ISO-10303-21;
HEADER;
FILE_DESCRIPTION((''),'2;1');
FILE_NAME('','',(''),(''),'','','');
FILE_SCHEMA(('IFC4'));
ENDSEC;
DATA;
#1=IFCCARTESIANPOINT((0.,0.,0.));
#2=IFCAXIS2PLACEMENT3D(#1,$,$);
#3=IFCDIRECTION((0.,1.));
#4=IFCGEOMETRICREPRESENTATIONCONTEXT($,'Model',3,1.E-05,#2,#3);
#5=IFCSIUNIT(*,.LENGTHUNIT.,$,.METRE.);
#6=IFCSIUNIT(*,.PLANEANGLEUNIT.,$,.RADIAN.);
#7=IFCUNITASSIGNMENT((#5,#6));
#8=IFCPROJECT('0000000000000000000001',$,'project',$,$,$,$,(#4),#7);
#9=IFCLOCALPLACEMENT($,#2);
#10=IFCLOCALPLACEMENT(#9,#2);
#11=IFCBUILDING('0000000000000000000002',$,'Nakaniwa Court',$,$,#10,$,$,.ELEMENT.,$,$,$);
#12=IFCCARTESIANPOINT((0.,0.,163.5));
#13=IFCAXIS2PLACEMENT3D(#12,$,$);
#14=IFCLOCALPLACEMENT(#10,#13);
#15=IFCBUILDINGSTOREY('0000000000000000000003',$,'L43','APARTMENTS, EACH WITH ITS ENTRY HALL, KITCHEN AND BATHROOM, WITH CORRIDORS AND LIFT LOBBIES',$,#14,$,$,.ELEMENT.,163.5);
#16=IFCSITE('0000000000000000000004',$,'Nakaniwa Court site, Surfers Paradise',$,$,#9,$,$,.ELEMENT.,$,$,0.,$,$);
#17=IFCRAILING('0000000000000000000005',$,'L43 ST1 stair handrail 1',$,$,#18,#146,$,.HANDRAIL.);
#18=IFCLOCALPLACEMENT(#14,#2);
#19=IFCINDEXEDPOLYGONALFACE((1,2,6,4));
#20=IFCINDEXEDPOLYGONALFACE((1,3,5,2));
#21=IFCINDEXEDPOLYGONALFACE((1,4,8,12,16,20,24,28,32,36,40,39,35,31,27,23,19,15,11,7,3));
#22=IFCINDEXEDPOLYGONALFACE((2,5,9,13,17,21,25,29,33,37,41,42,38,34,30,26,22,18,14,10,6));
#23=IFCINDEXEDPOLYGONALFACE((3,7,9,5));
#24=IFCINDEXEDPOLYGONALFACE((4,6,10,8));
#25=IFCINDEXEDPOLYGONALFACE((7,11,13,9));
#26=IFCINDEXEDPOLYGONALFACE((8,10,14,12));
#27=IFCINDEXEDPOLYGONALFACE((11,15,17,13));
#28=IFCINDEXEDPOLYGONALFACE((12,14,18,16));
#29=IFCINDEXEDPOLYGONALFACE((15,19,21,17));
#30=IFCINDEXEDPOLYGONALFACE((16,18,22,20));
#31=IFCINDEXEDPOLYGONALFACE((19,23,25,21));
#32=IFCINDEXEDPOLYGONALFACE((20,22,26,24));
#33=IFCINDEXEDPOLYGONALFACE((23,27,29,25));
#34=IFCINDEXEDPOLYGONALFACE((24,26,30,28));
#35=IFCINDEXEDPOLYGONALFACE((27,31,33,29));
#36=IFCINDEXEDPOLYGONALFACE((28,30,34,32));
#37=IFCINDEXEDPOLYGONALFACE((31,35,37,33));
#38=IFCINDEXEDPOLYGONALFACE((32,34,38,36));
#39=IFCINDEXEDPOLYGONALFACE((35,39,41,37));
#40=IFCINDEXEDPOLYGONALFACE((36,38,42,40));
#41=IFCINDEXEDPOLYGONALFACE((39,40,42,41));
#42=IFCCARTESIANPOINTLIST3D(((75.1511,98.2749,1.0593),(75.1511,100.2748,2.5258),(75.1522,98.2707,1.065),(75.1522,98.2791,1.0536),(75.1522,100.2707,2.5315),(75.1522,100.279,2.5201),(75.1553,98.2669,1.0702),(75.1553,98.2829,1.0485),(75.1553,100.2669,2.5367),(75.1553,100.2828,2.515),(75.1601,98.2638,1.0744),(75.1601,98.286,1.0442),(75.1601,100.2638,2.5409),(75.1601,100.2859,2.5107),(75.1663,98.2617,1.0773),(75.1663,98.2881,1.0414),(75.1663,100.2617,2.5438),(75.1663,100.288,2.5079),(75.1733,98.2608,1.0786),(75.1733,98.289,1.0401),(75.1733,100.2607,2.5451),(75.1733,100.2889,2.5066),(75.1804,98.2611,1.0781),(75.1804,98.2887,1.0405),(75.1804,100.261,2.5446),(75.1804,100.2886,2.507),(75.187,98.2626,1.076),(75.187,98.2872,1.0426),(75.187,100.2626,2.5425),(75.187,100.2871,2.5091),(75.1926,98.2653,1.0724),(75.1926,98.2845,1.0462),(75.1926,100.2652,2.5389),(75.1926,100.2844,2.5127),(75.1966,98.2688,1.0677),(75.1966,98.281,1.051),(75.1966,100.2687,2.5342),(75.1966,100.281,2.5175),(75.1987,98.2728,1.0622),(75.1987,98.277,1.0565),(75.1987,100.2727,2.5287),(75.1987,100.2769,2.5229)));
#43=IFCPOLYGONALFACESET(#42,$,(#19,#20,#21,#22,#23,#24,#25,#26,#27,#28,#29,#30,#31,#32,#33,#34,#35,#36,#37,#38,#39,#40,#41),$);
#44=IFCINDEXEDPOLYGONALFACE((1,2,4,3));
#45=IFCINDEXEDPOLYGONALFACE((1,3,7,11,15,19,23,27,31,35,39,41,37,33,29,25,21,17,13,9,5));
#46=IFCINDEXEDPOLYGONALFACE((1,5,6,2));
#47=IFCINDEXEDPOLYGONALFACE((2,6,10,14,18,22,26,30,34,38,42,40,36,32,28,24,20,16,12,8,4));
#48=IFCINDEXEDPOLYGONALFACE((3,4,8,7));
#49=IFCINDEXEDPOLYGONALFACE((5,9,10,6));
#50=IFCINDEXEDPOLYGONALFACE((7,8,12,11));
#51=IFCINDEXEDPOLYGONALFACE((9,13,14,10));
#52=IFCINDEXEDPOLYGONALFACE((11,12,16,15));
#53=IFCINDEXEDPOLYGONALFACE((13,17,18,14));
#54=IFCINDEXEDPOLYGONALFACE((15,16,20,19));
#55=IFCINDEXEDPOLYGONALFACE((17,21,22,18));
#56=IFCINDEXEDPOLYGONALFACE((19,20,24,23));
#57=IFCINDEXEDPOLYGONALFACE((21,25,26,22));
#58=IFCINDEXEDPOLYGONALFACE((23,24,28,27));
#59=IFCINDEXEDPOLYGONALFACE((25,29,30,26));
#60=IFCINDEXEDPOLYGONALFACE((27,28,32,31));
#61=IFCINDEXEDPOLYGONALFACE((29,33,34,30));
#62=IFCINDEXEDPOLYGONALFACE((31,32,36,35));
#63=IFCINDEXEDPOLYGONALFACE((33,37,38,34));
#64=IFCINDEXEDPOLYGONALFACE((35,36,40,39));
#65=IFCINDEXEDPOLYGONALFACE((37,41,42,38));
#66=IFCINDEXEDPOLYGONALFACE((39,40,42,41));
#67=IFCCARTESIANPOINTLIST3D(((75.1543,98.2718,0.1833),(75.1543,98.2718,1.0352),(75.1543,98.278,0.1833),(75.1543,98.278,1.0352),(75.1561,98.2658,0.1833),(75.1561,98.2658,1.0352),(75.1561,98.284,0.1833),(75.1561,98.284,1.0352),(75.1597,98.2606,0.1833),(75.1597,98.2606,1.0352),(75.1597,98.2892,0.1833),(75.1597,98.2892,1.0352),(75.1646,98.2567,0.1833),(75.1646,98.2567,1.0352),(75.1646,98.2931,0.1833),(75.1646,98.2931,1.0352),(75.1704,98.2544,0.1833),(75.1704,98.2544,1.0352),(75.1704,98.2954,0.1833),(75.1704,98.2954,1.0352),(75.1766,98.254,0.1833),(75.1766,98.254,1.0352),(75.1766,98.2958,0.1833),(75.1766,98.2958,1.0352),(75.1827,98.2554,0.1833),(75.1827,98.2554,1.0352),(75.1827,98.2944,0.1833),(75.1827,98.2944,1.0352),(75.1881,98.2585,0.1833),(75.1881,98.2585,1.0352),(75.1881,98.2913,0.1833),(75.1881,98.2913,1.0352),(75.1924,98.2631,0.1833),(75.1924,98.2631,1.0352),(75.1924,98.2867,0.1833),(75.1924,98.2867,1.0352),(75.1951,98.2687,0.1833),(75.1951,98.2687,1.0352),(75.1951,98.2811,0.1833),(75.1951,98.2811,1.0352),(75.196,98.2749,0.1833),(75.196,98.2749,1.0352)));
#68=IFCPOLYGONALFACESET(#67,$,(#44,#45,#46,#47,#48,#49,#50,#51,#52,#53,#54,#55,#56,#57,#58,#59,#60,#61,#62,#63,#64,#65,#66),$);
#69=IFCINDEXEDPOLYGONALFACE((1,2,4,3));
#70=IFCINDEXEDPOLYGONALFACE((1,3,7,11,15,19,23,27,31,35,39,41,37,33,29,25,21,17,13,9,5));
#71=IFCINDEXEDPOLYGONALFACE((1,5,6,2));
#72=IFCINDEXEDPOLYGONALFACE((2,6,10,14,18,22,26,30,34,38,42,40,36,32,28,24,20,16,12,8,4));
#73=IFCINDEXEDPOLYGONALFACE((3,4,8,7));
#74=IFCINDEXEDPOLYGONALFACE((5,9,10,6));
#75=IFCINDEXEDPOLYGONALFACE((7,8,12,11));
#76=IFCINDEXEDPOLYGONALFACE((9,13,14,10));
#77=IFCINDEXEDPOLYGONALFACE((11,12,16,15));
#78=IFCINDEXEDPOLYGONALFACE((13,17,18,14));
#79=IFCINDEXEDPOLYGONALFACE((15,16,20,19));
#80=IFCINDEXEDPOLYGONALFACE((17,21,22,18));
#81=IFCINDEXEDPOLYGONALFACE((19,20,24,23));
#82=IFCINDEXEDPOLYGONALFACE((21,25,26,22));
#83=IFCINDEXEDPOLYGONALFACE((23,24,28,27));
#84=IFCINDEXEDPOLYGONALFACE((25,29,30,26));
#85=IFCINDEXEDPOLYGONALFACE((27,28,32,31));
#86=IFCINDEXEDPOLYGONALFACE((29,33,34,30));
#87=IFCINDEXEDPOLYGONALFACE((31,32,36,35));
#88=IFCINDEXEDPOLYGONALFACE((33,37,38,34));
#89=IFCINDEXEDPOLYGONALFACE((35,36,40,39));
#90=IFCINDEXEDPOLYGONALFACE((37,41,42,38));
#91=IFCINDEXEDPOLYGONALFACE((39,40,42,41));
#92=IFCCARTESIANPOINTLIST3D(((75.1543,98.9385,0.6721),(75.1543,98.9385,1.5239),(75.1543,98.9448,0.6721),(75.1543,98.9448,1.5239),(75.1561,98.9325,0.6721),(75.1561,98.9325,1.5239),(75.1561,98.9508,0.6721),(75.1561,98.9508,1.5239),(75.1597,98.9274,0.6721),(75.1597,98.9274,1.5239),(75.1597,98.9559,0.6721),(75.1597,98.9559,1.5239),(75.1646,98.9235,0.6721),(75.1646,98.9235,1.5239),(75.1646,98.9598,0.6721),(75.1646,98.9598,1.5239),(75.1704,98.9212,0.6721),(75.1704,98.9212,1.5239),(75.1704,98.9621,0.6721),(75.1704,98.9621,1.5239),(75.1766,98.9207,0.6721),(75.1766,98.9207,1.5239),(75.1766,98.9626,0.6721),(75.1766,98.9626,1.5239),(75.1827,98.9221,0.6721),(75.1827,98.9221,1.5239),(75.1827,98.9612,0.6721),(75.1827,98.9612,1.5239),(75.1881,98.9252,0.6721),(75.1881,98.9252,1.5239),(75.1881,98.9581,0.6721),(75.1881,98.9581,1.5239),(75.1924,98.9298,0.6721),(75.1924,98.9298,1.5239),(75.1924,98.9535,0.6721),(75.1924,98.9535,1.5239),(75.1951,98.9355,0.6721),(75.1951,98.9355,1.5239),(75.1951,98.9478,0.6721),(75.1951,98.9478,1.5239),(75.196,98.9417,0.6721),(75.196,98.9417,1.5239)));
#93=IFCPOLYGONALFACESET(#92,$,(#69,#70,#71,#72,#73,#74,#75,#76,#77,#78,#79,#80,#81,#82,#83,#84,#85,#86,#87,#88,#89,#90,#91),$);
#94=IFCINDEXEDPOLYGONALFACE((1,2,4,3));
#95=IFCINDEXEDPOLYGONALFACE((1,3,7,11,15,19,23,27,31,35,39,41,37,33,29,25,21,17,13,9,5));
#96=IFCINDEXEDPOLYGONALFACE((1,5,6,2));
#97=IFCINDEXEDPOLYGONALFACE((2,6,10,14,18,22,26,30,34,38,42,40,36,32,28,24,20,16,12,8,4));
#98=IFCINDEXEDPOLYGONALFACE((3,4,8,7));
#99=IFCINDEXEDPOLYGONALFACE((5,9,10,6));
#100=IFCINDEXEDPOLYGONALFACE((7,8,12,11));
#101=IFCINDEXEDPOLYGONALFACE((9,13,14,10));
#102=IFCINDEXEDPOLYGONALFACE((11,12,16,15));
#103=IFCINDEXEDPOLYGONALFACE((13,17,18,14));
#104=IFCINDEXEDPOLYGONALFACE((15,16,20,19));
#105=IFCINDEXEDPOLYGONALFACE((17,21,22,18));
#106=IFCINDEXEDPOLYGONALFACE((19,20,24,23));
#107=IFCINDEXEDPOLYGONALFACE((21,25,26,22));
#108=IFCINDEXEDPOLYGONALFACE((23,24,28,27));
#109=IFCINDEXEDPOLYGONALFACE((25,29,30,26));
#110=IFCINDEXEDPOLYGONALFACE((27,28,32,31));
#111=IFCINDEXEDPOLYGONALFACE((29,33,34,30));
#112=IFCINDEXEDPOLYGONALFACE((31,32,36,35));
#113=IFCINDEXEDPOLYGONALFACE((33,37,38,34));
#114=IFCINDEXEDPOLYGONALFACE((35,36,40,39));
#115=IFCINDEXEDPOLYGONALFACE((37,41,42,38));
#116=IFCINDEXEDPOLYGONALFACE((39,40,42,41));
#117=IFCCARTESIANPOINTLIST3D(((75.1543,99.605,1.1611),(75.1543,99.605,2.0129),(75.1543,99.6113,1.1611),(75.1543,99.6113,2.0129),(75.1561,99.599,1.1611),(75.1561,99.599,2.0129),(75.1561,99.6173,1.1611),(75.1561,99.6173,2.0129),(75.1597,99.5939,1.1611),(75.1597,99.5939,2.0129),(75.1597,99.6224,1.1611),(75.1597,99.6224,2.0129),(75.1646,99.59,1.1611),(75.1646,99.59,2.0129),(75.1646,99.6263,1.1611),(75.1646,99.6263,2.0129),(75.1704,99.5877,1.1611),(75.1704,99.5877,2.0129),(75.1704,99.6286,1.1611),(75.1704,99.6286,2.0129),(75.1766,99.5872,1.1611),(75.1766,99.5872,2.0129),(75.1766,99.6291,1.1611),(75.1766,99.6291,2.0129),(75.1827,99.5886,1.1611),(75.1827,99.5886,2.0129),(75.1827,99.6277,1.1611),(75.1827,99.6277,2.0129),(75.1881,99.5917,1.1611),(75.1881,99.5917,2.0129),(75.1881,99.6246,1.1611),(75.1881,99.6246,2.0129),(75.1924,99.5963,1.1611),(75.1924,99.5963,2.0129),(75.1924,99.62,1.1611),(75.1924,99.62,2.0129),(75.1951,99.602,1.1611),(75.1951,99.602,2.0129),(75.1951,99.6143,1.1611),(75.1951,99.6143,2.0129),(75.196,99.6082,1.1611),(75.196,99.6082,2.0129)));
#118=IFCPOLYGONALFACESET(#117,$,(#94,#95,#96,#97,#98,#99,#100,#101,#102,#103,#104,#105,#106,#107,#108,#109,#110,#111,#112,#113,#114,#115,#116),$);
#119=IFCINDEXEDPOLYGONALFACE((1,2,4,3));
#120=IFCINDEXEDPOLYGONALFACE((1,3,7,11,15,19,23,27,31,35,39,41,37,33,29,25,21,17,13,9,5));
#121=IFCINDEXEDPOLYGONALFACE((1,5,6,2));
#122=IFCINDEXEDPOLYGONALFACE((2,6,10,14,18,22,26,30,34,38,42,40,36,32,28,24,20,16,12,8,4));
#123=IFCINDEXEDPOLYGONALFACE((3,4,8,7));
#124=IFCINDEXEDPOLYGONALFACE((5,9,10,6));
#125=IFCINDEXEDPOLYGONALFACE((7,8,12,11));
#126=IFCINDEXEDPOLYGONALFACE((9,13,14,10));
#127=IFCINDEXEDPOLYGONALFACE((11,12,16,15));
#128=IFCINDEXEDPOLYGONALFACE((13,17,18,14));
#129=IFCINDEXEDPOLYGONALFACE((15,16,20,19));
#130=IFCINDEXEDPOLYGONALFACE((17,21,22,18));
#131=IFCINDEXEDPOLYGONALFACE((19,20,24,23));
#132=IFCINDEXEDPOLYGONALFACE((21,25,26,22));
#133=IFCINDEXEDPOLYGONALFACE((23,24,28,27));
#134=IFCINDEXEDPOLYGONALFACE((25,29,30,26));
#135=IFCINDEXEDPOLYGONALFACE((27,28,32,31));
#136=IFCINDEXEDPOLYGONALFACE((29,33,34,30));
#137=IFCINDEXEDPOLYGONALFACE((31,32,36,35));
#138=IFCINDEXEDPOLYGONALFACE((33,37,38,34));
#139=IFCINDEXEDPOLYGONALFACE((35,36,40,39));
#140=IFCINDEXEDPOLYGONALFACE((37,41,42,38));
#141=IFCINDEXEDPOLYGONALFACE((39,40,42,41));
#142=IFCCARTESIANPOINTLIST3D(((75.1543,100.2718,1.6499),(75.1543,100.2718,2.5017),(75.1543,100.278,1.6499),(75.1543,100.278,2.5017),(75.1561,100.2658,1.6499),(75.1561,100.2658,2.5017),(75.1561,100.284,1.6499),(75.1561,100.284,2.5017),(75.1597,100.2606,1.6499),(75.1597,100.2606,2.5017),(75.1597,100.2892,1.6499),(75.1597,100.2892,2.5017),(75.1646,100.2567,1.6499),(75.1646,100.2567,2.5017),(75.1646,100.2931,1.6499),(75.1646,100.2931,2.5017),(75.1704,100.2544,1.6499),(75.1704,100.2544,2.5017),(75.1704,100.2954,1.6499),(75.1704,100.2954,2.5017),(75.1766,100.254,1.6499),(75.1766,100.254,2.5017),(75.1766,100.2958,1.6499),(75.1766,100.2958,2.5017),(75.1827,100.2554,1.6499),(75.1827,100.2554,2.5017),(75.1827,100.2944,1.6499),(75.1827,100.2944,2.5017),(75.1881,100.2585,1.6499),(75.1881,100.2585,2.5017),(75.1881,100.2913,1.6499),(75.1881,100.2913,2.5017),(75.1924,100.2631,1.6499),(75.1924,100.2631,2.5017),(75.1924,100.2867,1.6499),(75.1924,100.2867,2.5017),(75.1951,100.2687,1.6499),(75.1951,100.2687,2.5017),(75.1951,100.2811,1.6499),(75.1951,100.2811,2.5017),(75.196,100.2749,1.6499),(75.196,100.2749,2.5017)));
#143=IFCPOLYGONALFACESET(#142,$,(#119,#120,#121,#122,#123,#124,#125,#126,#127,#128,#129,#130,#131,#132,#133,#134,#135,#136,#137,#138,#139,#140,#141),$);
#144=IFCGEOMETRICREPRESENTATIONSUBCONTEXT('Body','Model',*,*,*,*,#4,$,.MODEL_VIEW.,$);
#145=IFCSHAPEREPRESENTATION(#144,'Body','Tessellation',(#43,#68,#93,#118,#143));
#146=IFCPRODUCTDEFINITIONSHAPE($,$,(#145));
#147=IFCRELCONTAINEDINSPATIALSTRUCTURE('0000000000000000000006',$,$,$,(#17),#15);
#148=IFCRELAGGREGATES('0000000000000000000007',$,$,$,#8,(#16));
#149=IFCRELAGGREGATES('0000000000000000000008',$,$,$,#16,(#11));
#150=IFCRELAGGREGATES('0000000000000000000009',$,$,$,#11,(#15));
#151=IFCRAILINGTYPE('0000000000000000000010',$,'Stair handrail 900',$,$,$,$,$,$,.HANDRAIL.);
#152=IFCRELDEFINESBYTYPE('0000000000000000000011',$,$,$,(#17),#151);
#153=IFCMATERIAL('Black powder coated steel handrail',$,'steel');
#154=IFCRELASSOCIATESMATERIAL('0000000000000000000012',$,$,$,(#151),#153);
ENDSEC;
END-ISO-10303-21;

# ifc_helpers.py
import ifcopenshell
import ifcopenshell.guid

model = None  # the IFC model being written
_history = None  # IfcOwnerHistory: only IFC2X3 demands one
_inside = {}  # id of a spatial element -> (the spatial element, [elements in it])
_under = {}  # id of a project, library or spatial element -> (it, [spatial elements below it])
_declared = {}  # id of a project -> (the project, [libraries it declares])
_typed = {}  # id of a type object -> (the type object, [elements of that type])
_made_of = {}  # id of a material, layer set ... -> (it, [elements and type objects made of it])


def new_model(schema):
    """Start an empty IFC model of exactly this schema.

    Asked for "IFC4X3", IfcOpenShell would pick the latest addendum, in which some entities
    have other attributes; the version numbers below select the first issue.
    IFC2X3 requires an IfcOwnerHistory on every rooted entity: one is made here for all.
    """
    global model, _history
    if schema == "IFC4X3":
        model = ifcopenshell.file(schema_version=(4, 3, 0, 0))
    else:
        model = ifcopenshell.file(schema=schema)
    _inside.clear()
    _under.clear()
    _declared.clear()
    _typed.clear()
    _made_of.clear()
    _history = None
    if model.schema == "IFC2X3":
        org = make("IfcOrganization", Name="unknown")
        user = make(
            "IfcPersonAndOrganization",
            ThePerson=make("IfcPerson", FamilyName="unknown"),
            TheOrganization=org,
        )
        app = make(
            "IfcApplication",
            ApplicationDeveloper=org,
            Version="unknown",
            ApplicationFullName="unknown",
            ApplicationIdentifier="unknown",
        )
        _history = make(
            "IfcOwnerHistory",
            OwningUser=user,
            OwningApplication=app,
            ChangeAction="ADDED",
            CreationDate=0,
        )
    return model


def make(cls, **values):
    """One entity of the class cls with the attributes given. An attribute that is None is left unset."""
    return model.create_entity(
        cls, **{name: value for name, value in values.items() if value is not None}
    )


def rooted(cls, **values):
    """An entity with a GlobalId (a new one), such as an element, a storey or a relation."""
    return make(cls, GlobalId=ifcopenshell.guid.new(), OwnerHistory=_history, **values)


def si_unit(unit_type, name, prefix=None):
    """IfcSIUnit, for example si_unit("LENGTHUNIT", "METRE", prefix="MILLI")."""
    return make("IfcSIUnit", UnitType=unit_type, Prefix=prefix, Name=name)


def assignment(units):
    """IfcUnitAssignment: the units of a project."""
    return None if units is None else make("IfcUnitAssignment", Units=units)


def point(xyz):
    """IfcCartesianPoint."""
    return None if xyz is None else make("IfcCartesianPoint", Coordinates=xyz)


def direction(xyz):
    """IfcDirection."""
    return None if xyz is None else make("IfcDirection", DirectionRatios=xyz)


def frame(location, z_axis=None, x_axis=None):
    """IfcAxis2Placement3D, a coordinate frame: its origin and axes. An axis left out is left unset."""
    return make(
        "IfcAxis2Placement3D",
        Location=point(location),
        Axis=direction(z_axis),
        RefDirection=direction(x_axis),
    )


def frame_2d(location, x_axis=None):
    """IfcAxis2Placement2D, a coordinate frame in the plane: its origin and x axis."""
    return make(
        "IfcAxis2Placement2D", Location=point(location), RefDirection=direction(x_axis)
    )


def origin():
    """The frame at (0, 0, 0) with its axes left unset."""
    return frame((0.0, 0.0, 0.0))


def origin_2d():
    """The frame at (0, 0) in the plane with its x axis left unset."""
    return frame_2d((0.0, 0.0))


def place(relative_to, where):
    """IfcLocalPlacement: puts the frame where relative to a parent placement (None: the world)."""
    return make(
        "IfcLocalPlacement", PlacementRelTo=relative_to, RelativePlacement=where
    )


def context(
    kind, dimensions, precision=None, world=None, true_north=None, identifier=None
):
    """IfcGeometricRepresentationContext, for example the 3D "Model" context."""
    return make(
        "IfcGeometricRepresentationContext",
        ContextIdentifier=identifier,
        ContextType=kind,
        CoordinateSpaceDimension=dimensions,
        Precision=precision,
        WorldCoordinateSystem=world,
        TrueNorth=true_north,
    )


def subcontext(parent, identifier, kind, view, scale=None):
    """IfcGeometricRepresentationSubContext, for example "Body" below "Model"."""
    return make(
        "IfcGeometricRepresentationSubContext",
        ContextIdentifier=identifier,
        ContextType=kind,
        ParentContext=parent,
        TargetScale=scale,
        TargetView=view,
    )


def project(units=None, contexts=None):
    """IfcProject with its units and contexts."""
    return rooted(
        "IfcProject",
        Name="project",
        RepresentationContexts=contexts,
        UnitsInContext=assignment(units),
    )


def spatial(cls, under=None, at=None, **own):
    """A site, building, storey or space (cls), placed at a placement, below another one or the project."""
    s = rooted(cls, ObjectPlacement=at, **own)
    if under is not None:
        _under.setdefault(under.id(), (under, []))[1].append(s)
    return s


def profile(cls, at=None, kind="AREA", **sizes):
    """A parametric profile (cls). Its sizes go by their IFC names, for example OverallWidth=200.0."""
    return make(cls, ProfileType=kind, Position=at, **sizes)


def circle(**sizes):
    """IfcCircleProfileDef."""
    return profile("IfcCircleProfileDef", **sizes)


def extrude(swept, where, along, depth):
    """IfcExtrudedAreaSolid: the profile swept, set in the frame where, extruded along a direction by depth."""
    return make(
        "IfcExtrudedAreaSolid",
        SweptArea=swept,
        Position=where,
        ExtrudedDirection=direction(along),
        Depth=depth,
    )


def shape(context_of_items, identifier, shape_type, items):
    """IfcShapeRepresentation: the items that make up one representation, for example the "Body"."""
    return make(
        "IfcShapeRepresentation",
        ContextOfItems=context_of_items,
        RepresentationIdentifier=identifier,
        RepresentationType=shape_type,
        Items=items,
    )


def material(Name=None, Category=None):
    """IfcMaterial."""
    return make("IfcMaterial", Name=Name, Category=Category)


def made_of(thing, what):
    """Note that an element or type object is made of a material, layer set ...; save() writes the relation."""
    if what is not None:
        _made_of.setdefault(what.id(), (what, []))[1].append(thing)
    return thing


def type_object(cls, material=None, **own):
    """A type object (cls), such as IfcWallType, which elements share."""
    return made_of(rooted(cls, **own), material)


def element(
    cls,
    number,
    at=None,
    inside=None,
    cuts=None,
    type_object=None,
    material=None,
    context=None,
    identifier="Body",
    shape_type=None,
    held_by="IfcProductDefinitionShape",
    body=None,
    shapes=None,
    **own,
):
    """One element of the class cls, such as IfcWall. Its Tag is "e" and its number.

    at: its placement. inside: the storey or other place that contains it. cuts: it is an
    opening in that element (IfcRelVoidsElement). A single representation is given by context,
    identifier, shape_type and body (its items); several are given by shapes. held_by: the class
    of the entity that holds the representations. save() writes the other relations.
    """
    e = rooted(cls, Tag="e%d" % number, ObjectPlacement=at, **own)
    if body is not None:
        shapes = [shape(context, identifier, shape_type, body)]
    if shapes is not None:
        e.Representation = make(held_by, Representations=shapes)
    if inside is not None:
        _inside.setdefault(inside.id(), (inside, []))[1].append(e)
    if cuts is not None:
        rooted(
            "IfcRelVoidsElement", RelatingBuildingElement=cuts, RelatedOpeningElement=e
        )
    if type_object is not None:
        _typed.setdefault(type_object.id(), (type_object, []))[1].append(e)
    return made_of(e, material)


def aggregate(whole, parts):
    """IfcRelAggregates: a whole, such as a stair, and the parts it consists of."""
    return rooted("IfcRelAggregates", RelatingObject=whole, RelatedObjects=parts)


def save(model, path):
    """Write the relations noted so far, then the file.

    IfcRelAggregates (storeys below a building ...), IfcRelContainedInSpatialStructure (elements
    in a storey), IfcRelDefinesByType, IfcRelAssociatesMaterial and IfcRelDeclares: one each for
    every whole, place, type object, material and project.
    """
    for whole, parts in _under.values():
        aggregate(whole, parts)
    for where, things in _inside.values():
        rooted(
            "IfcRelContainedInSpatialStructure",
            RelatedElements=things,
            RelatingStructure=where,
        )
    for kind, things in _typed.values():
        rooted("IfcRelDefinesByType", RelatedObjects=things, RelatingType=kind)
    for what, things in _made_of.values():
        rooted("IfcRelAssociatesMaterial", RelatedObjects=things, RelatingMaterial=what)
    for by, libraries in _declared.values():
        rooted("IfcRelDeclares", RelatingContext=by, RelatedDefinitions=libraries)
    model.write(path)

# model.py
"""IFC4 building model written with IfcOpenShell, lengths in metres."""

from ifc_helpers import new_model, si_unit, direction, frame, origin, origin_2d, place, context, subcontext, project, spatial, circle, extrude, material, type_object, element, save


model = new_model("IFC4")

# Units and contexts
model_context = context("Model", 3, precision=1e-05, world=origin(), true_north=direction((0.0, 1.0)))
body_context = subcontext(model_context, "Body", "Model", "MODEL_VIEW")
ifc_project = project(units=[si_unit("LENGTHUNIT", "METRE"), si_unit("PLANEANGLEUNIT", "RADIAN")], contexts=[model_context])

# Site, building, storey
site_placement = place(None, origin())
site = spatial("IfcSite", under=ifc_project, at=site_placement, Name="Nakaniwa Court site, Surfers Paradise", CompositionType="ELEMENT", RefElevation=0.0)
building_placement = place(site_placement, origin())
building = spatial("IfcBuilding", under=site, at=building_placement, Name="Nakaniwa Court", CompositionType="ELEMENT")
storey_placement = place(building_placement, frame((0.0, 0.0, 163.5)))
storey = spatial("IfcBuildingStorey", under=building, at=storey_placement, Name="L43", Description="APARTMENTS, EACH WITH ITS ENTRY HALL, KITCHEN AND BATHROOM, WITH CORRIDORS AND LIFT LOBBIES", CompositionType="ELEMENT", Elevation=163.5)

# Railing
ifc_material_1 = material(Name="Black powder coated steel handrail", Category="steel")
railing_type_1 = type_object("IfcRailingType", Name="Stair handrail 900", PredefinedType="HANDRAIL", material=ifc_material_1)
railing_1_placement = place(storey_placement, frame((75.175, 98.2749, 0.1833)))
element("IfcRailing", 1, at=railing_1_placement, inside=storey, type_object=railing_type_1, Name="L43 ST1 stair handrail 1", PredefinedType="HANDRAIL", context=body_context, shape_type="SweptSolid", body=[
    extrude(circle(Radius=0.0239, at=origin_2d()), frame((0.0, 0.0, 0.876), z_axis=(0.0, 0.806427, 0.591334), x_axis=(-1.0, 0.0, 0.0)), (0.0, 0.0, 1.0), 2.48),
    extrude(circle(Radius=0.021, at=origin_2d()), origin(), (0.0, 0.0, 1.0), 0.8518),
    extrude(circle(Radius=0.021, at=origin_2d()), frame((0.0, 0.6667, 0.4888)), (0.0, 0.0, 1.0), 0.8518),
    extrude(circle(Radius=0.021, at=origin_2d()), frame((0.0, 1.3333, 0.9778)), (0.0, 0.0, 1.0), 0.8518),
    extrude(circle(Radius=0.021, at=origin_2d()), frame((0.0, 2.0, 1.4666)), (0.0, 0.0, 1.0), 0.8518),
])

save(model, "model.ifc")
